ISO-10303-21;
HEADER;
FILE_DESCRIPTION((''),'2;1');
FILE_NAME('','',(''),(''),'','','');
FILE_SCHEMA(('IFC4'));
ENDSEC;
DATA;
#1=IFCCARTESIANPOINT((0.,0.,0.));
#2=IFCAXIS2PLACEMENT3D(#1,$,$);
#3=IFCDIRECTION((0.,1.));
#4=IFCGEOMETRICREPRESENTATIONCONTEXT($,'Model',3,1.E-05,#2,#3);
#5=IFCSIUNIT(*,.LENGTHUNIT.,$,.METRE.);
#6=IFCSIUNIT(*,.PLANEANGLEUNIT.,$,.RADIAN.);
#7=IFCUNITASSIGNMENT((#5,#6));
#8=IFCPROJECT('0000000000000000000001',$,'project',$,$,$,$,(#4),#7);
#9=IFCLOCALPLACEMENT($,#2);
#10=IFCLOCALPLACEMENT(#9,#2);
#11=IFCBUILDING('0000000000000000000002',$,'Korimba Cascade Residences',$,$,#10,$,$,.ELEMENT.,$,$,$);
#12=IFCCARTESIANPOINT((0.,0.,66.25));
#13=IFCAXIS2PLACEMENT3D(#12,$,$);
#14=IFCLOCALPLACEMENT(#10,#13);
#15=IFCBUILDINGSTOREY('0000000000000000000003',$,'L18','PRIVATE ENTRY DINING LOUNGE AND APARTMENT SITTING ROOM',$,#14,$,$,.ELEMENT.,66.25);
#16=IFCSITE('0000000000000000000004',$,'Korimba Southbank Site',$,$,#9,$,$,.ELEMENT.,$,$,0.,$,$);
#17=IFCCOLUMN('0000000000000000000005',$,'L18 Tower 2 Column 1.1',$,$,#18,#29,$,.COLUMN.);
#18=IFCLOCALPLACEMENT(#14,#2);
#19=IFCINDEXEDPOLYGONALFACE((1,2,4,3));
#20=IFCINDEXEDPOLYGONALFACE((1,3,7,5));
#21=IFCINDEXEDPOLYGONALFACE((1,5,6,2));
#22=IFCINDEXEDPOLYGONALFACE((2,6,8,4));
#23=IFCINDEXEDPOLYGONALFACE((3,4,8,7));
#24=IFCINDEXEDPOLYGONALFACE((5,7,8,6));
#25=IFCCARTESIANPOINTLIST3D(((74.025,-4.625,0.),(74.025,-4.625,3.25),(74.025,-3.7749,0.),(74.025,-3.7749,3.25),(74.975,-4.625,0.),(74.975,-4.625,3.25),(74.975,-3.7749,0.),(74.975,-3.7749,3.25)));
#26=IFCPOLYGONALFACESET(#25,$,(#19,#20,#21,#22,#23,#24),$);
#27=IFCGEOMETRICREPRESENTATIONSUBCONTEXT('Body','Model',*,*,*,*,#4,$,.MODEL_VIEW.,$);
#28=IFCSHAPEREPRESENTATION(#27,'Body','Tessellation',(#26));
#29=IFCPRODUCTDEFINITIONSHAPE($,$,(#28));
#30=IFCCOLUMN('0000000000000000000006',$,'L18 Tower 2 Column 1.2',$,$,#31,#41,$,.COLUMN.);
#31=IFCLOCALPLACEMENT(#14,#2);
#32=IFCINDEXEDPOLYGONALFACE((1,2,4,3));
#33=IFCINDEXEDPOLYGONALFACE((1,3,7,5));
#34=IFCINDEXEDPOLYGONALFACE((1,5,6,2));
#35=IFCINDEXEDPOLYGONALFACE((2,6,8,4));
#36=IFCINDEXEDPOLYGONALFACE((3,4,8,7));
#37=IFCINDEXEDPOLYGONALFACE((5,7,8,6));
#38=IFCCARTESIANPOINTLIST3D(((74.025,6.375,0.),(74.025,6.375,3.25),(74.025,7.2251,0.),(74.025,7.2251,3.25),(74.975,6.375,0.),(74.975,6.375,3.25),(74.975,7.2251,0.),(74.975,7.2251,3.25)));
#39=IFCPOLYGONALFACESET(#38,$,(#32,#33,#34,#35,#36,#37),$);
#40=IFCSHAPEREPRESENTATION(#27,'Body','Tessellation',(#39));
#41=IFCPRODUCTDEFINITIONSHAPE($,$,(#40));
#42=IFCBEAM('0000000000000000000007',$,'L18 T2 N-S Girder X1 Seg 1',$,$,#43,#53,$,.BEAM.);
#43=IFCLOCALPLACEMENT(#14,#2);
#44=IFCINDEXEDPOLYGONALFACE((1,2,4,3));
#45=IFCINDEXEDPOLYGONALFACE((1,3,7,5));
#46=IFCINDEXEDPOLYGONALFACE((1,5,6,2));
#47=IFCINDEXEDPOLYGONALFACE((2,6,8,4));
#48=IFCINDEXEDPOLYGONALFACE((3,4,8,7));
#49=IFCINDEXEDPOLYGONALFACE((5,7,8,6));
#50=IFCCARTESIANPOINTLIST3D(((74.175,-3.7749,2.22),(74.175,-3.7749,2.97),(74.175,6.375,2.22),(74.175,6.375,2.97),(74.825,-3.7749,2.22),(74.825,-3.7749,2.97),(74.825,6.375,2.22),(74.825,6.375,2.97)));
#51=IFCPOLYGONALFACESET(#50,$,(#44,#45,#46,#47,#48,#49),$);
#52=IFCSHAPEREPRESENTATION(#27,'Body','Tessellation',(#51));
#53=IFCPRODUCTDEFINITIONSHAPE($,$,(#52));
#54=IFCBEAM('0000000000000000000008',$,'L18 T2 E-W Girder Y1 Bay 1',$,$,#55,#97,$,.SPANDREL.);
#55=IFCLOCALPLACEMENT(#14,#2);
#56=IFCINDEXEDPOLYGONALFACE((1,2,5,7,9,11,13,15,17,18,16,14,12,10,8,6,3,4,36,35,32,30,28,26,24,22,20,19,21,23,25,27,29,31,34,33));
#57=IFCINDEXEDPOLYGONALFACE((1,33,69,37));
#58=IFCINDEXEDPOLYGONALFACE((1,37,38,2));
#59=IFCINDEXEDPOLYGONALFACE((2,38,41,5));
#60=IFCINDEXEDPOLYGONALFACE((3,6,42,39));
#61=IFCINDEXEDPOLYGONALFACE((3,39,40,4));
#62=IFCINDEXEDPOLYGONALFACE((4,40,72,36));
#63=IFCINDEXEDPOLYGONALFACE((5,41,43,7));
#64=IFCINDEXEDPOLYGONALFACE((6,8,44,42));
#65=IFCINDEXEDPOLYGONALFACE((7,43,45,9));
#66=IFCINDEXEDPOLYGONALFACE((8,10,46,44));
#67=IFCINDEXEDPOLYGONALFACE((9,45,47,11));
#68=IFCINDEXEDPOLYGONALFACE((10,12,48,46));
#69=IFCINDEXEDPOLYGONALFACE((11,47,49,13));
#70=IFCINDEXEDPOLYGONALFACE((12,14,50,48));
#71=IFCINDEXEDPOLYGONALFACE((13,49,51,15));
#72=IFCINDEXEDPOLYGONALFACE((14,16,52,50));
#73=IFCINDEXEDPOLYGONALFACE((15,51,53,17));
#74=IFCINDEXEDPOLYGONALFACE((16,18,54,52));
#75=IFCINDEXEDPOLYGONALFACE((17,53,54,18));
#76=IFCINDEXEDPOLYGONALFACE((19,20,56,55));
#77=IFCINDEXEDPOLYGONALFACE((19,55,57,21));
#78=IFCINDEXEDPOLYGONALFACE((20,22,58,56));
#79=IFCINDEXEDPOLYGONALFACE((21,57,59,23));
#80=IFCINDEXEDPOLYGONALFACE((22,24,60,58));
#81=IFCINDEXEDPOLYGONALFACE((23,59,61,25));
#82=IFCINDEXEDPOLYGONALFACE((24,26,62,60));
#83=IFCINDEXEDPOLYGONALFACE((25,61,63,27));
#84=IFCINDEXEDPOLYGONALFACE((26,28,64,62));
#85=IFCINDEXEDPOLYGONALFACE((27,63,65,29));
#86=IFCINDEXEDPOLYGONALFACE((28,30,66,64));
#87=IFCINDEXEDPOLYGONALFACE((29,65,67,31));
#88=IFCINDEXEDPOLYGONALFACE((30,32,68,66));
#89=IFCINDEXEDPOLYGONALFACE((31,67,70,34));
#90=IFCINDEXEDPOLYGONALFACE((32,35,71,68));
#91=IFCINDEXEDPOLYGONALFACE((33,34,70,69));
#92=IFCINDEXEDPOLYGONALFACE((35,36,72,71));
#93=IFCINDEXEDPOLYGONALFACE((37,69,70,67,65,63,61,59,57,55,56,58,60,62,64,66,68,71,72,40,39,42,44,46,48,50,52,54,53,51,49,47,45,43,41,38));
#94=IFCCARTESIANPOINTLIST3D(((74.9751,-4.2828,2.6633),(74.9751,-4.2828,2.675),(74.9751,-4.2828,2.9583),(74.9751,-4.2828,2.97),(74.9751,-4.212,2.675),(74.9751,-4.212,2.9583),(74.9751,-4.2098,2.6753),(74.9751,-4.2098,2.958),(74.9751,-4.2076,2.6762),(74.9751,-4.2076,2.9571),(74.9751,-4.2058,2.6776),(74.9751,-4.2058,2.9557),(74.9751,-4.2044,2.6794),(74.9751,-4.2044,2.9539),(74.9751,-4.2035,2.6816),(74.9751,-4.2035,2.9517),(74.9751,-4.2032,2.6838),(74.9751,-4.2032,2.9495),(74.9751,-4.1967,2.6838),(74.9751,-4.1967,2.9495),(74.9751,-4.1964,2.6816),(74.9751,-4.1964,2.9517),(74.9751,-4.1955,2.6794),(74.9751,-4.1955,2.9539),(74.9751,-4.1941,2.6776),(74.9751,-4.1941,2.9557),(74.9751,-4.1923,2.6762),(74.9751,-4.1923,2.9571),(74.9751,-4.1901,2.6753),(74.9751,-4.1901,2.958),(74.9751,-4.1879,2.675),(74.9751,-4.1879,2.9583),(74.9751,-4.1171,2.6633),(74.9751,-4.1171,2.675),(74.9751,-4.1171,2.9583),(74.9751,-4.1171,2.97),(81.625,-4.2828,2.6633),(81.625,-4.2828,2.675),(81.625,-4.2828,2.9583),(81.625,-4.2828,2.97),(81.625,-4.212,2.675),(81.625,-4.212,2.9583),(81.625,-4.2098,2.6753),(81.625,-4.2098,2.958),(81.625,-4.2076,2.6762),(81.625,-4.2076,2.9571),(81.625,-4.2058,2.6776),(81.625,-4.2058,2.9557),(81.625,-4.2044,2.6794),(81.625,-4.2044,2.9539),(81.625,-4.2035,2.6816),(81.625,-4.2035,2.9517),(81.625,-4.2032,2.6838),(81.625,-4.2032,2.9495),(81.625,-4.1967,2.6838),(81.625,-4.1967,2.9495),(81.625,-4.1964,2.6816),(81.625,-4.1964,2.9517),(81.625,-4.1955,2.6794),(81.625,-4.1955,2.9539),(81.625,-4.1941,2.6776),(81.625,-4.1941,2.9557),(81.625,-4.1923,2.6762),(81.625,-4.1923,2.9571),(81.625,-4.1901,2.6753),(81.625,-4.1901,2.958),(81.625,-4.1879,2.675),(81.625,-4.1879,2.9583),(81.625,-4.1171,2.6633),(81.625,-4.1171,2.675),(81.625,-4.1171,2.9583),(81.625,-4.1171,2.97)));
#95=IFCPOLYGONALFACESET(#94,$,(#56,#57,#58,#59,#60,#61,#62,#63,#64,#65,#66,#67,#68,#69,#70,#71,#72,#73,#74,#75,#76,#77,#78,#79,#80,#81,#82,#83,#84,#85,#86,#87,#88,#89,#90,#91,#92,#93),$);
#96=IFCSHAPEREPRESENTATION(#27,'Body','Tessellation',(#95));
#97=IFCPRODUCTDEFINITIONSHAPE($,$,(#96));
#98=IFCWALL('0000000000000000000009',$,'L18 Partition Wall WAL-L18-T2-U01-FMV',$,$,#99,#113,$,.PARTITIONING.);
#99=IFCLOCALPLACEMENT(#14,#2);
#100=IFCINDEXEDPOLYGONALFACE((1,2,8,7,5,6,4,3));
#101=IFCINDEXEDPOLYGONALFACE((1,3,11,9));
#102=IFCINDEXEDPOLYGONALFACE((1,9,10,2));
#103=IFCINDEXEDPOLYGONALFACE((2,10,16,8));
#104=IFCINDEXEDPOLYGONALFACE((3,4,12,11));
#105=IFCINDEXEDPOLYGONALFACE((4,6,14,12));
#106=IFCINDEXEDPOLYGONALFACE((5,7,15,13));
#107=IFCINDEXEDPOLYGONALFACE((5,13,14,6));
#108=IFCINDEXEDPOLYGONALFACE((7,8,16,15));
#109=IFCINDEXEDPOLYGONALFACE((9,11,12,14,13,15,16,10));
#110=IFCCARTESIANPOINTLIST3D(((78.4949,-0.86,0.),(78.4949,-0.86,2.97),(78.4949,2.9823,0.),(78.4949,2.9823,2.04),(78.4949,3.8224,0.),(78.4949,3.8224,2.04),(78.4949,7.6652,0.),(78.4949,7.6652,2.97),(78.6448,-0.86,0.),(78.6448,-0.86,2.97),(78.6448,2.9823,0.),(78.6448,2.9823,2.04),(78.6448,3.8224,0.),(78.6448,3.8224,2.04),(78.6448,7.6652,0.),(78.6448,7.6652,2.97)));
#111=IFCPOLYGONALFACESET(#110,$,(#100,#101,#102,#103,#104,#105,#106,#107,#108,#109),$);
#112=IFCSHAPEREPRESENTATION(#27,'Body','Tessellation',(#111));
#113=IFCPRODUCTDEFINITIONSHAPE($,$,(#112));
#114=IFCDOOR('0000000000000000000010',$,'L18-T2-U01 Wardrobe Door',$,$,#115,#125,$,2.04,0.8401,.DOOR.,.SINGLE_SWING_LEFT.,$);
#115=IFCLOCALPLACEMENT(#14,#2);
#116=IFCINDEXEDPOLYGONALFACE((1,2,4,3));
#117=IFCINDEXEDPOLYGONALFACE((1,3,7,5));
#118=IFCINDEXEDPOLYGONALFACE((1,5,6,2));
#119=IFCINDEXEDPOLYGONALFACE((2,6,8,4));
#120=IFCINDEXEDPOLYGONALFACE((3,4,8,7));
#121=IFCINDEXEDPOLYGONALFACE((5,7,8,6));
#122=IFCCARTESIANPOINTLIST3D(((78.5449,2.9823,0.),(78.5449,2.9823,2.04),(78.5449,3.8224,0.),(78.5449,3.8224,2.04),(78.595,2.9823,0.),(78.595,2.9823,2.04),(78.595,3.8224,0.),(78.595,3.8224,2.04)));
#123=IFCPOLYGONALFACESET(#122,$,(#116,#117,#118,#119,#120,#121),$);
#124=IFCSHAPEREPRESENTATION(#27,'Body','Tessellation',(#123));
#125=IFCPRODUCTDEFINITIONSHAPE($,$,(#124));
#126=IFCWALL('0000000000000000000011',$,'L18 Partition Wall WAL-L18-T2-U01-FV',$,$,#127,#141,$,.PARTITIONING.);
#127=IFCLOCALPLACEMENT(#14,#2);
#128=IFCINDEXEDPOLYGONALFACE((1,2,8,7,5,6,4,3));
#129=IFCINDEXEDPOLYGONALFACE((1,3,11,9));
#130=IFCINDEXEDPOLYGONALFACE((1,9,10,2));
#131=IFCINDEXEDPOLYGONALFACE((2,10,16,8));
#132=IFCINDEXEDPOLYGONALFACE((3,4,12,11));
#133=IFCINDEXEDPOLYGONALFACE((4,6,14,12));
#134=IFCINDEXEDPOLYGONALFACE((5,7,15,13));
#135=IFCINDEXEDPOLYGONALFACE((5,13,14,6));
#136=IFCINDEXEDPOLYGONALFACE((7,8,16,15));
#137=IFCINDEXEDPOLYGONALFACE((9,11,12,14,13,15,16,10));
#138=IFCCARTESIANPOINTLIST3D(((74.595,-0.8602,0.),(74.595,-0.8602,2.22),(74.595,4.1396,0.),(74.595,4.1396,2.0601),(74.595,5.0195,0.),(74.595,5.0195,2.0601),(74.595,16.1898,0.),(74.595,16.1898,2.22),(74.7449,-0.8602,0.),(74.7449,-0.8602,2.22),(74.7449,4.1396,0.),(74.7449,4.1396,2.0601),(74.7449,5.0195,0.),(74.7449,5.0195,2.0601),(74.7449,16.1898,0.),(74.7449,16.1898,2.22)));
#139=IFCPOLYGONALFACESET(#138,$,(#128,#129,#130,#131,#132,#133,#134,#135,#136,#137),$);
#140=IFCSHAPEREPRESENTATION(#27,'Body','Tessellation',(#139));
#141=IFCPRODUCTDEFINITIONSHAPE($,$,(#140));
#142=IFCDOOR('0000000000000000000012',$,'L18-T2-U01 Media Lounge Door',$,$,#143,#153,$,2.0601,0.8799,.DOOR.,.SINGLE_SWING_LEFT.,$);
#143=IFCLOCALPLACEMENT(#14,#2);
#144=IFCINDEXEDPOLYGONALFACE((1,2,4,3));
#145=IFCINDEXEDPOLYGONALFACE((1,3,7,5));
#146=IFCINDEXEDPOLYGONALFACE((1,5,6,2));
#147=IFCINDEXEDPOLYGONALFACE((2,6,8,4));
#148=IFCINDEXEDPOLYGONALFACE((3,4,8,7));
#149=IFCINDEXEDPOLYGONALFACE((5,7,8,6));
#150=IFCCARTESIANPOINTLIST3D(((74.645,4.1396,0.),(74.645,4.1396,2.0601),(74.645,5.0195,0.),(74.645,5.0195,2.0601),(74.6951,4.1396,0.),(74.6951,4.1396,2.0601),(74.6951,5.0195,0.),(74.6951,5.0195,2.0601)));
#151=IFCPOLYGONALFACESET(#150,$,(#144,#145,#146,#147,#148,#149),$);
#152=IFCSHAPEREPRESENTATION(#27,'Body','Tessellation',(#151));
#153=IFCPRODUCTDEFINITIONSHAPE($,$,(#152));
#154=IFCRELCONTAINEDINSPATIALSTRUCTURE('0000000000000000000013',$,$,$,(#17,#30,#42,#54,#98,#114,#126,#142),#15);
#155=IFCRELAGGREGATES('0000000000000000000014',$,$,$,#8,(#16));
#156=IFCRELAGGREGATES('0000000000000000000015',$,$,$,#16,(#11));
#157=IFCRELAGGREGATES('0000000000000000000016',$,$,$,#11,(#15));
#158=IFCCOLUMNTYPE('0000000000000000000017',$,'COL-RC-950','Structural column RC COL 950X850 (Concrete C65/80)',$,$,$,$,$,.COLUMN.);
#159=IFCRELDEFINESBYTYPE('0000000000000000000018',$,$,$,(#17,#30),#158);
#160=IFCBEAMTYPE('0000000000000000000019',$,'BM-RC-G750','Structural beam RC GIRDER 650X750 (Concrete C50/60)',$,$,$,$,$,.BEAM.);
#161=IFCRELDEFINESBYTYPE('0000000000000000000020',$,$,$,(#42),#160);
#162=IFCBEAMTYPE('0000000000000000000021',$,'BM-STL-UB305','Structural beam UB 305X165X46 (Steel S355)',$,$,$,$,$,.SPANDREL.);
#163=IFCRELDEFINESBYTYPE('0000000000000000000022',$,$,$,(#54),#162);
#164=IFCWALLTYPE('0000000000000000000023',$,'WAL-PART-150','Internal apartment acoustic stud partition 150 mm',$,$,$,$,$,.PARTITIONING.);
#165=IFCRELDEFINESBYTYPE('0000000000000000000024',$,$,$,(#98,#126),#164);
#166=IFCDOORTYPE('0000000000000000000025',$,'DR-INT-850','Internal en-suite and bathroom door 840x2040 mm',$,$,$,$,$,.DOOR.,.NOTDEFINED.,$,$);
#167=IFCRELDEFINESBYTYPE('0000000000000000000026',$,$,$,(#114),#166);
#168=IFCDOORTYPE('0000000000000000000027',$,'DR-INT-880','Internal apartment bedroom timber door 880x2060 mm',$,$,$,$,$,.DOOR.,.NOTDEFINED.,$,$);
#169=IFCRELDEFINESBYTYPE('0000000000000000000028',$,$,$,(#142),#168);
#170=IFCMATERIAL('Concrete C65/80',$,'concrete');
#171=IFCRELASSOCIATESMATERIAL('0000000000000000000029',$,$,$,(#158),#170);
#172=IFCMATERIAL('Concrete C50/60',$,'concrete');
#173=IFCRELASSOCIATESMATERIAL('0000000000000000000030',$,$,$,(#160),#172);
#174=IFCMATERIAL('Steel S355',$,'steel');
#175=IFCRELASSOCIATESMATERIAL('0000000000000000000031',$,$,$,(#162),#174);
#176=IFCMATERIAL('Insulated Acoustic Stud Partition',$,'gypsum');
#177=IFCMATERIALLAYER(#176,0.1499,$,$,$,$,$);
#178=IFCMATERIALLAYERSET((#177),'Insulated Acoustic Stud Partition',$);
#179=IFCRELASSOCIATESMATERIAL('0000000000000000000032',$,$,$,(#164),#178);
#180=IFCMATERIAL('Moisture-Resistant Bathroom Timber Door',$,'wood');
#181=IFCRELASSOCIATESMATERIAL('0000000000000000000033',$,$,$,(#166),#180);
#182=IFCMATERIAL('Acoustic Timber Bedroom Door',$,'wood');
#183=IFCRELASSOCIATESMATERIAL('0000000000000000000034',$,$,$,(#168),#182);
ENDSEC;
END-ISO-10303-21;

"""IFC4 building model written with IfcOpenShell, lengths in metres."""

from ifc_helpers import new_model, si_unit, direction, frame, frame_2d, origin, origin_2d, place, context, subcontext, project, spatial, rectangle, i_section, extrude, material, layer, layer_set, material_profile, profile_set, type_object, element, fill, save


model = new_model("IFC4")

# Units and contexts
model_context = context("Model", 3, precision=1e-05, world=origin(), true_north=direction((0.0, 1.0)))
body_context = subcontext(model_context, "Body", "Model", "MODEL_VIEW")
ifc_project = project(units=[si_unit("LENGTHUNIT", "METRE"), si_unit("PLANEANGLEUNIT", "RADIAN")], contexts=[model_context])

# Site, building, storey
site_placement = place(None, origin())
site = spatial("IfcSite", under=ifc_project, at=site_placement, Name="Korimba Southbank Site", CompositionType="ELEMENT", RefElevation=0.0)
building_placement = place(site_placement, origin())
building = spatial("IfcBuilding", under=site, at=building_placement, Name="Korimba Cascade Residences", CompositionType="ELEMENT")
storey_placement = place(building_placement, frame((0.0, 0.0, 66.25)))
storey = spatial("IfcBuildingStorey", under=building, at=storey_placement, Name="L18", Description="PRIVATE ENTRY DINING LOUNGE AND APARTMENT SITTING ROOM", CompositionType="ELEMENT", Elevation=66.25)

# Columns
ifc_material_1 = material(Name="Concrete C65/80", Category="concrete")
ifc_material_profile_1 = material_profile(ifc_material_1, rectangle(XDim=0.95, YDim=0.8501, at=origin_2d()), Name="Concrete C65/80")
ifc_profile_set_1 = profile_set([ifc_material_profile_1], Name="Concrete C65/80")
column_type = type_object("IfcColumnType", Name="COL-RC-950", Description="Structural column RC COL 950X850 (Concrete C65/80)", PredefinedType="COLUMN", material=ifc_profile_set_1)
for number, where, z_axis, x_axis, name in (
    (1, (74.5, -4.2, 0.0), (0.0, 0.0, 1.0), (1.0, 0.0, 0.0), "L18 Tower 2 Column 1.1"),
    (2, (74.5, 6.8, 0.0), (0.0, 0.0, 1.0), (1.0, 0.0, 0.0), "L18 Tower 2 Column 1.2"),
):
    element("IfcColumn", number, at=place(storey_placement, frame(where, z_axis=z_axis, x_axis=x_axis)), inside=storey, type_object=column_type, Name=name, PredefinedType="COLUMN", context=body_context, shape_type="SweptSolid", body=[
        extrude(rectangle(XDim=0.95, YDim=0.8501, at=origin_2d()), origin(), (0.0, 0.0, 1.0), 3.25),
    ])

# Beams
ifc_material_2 = material(Name="Concrete C50/60", Category="concrete")
ifc_material_profile_2 = material_profile(ifc_material_2, rectangle(XDim=0.6499, YDim=0.75, at=origin_2d()), Name="Concrete C50/60")
ifc_profile_set_2 = profile_set([ifc_material_profile_2], Name="Concrete C50/60")
beam_type_1 = type_object("IfcBeamType", Name="BM-RC-G750", Description="Structural beam RC GIRDER 650X750 (Concrete C50/60)", PredefinedType="BEAM", material=ifc_profile_set_2)
beam_1_placement = place(storey_placement, frame((74.5, -3.7749, 2.595), z_axis=(0.0, 1.0, 0.0), x_axis=(-1.0, 0.0, 0.0)))
element("IfcBeam", 3, at=beam_1_placement, inside=storey, type_object=beam_type_1, Name="L18 T2 N-S Girder X1 Seg 1", PredefinedType="BEAM", context=body_context, shape_type="SweptSolid", body=[
    extrude(rectangle(XDim=0.6499, YDim=0.75, at=origin_2d()), origin(), (0.0, 0.0, 1.0), 10.1499),
])
ifc_material_3 = material(Name="Steel S355", Category="steel")
ifc_material_profile_3 = material_profile(ifc_material_3, i_section(OverallWidth=0.1658, OverallDepth=0.3066, WebThickness=0.0066, FlangeThickness=0.0117, FilletRadius=0.0088, at=origin_2d()), Name="Steel S355")
ifc_profile_set_3 = profile_set([ifc_material_profile_3], Name="Steel S355")
beam_type_2 = type_object("IfcBeamType", Name="BM-STL-UB305", Description="Structural beam UB 305X165X46 (Steel S355)", PredefinedType="SPANDREL", material=ifc_profile_set_3)
beam_2_placement = place(storey_placement, frame((74.9751, -4.2, 2.8167), z_axis=(1.0, 0.0, 0.0), x_axis=(0.0, 1.0, 0.0)))
element("IfcBeam", 4, at=beam_2_placement, inside=storey, type_object=beam_type_2, Name="L18 T2 E-W Girder Y1 Bay 1", PredefinedType="SPANDREL", context=body_context, shape_type="SweptSolid", body=[
    extrude(i_section(OverallWidth=0.1658, OverallDepth=0.3066, WebThickness=0.0066, FlangeThickness=0.0117, FilletRadius=0.0088, at=origin_2d()), origin(), (0.0, 0.0, 1.0), 6.6499),
])

# Walls, openings, doors
ifc_material_4 = material(Name="Insulated Acoustic Stud Partition", Category="gypsum")
ifc_layer = layer(ifc_material_4, 0.1499)
ifc_layer_set = layer_set([ifc_layer], Name="Insulated Acoustic Stud Partition")
wall_type = type_object("IfcWallType", Name="WAL-PART-150", Description="Internal apartment acoustic stud partition 150 mm", PredefinedType="PARTITIONING", material=ifc_layer_set)
wall_1_placement = place(storey_placement, frame((78.5698, -0.8601, 0.0), z_axis=(0.0, 0.0, 1.0), x_axis=(0.0, 1.0, 0.0)))
wall_1 = element("IfcWall", 5, at=wall_1_placement, inside=storey, type_object=wall_type, Name="L18 Partition Wall WAL-L18-T2-U01-FMV", PredefinedType="PARTITIONING", context=body_context, shape_type="SweptSolid", body=[
    extrude(rectangle(XDim=8.5251, YDim=0.1499, at=frame_2d((4.2627, 0.0))), origin(), (0.0, 0.0, 1.0), 2.97),
])
opening_1_placement = place(wall_1_placement, frame((3.8425, 0.0, 0.0)))
opening_1 = element("IfcOpeningElement", 6, at=opening_1_placement, cuts=wall_1, PredefinedType="OPENING", context=body_context, shape_type="SweptSolid", body=[
    extrude(rectangle(XDim=0.8401, YDim=2.04, at=frame_2d((0.4199, 1.02))), frame((0.0, 0.085, 0.0), z_axis=(0.0, -1.0, 0.0), x_axis=(1.0, 0.0, 0.0)), (0.0, 0.0, 1.0), 0.1699),
])
ifc_material_5 = material(Name="Moisture-Resistant Bathroom Timber Door", Category="wood")
door_type_1 = type_object("IfcDoorType", Name="DR-INT-850", Description="Internal en-suite and bathroom door 840x2040 mm", OperationType="NOTDEFINED", PredefinedType="DOOR", material=ifc_material_5)
door_1_placement = place(opening_1_placement, origin())
door_1 = element("IfcDoor", 7, at=door_1_placement, inside=storey, type_object=door_type_1, Name="L18-T2-U01 Wardrobe Door", OperationType="SINGLE_SWING_LEFT", OverallHeight=2.04, OverallWidth=0.8401, PredefinedType="DOOR", context=body_context, shape_type="SweptSolid", body=[
    extrude(rectangle(XDim=0.8401, YDim=2.04, at=frame_2d((0.4199, 1.02))), frame((0.0, 0.0249, 0.0), z_axis=(0.0, -1.0, 0.0), x_axis=(1.0, 0.0, 0.0)), (0.0, 0.0, 1.0), 0.05),
])
fill(opening_1, door_1)
wall_2_placement = place(storey_placement, frame((74.6699, -0.8601, 0.0), z_axis=(0.0, 0.0, 1.0), x_axis=(0.0, 1.0, 0.0)))
wall_2 = element("IfcWall", 8, at=wall_2_placement, inside=storey, type_object=wall_type, Name="L18 Partition Wall WAL-L18-T2-U01-FV", PredefinedType="PARTITIONING", context=body_context, shape_type="SweptSolid", body=[
    extrude(rectangle(XDim=17.05, YDim=0.1499, at=frame_2d((8.5249, 0.0))), origin(), (0.0, 0.0, 1.0), 2.22),
])
opening_2_placement = place(wall_2_placement, frame((4.9998, 0.0, 0.0)))
opening_2 = element("IfcOpeningElement", 9, at=opening_2_placement, cuts=wall_2, PredefinedType="OPENING", context=body_context, shape_type="SweptSolid", body=[
    extrude(rectangle(XDim=0.8799, YDim=2.0601, at=frame_2d((0.4399, 1.03))), frame((0.0, 0.085, 0.0), z_axis=(0.0, -1.0, 0.0), x_axis=(1.0, 0.0, 0.0)), (0.0, 0.0, 1.0), 0.1699),
])
ifc_material_6 = material(Name="Acoustic Timber Bedroom Door", Category="wood")
door_type_2 = type_object("IfcDoorType", Name="DR-INT-880", Description="Internal apartment bedroom timber door 880x2060 mm", OperationType="NOTDEFINED", PredefinedType="DOOR", material=ifc_material_6)
door_2_placement = place(opening_2_placement, origin())
door_2 = element("IfcDoor", 10, at=door_2_placement, inside=storey, type_object=door_type_2, Name="L18-T2-U01 Media Lounge Door", OperationType="SINGLE_SWING_LEFT", OverallHeight=2.0601, OverallWidth=0.8799, PredefinedType="DOOR", context=body_context, shape_type="SweptSolid", body=[
    extrude(rectangle(XDim=0.8799, YDim=2.0601, at=frame_2d((0.4399, 1.03))), frame((0.0, 0.0249, 0.0), z_axis=(0.0, -1.0, 0.0), x_axis=(1.0, 0.0, 0.0)), (0.0, 0.0, 1.0), 0.05),
])
fill(opening_2, door_2)

save(model, "model.ifc")
